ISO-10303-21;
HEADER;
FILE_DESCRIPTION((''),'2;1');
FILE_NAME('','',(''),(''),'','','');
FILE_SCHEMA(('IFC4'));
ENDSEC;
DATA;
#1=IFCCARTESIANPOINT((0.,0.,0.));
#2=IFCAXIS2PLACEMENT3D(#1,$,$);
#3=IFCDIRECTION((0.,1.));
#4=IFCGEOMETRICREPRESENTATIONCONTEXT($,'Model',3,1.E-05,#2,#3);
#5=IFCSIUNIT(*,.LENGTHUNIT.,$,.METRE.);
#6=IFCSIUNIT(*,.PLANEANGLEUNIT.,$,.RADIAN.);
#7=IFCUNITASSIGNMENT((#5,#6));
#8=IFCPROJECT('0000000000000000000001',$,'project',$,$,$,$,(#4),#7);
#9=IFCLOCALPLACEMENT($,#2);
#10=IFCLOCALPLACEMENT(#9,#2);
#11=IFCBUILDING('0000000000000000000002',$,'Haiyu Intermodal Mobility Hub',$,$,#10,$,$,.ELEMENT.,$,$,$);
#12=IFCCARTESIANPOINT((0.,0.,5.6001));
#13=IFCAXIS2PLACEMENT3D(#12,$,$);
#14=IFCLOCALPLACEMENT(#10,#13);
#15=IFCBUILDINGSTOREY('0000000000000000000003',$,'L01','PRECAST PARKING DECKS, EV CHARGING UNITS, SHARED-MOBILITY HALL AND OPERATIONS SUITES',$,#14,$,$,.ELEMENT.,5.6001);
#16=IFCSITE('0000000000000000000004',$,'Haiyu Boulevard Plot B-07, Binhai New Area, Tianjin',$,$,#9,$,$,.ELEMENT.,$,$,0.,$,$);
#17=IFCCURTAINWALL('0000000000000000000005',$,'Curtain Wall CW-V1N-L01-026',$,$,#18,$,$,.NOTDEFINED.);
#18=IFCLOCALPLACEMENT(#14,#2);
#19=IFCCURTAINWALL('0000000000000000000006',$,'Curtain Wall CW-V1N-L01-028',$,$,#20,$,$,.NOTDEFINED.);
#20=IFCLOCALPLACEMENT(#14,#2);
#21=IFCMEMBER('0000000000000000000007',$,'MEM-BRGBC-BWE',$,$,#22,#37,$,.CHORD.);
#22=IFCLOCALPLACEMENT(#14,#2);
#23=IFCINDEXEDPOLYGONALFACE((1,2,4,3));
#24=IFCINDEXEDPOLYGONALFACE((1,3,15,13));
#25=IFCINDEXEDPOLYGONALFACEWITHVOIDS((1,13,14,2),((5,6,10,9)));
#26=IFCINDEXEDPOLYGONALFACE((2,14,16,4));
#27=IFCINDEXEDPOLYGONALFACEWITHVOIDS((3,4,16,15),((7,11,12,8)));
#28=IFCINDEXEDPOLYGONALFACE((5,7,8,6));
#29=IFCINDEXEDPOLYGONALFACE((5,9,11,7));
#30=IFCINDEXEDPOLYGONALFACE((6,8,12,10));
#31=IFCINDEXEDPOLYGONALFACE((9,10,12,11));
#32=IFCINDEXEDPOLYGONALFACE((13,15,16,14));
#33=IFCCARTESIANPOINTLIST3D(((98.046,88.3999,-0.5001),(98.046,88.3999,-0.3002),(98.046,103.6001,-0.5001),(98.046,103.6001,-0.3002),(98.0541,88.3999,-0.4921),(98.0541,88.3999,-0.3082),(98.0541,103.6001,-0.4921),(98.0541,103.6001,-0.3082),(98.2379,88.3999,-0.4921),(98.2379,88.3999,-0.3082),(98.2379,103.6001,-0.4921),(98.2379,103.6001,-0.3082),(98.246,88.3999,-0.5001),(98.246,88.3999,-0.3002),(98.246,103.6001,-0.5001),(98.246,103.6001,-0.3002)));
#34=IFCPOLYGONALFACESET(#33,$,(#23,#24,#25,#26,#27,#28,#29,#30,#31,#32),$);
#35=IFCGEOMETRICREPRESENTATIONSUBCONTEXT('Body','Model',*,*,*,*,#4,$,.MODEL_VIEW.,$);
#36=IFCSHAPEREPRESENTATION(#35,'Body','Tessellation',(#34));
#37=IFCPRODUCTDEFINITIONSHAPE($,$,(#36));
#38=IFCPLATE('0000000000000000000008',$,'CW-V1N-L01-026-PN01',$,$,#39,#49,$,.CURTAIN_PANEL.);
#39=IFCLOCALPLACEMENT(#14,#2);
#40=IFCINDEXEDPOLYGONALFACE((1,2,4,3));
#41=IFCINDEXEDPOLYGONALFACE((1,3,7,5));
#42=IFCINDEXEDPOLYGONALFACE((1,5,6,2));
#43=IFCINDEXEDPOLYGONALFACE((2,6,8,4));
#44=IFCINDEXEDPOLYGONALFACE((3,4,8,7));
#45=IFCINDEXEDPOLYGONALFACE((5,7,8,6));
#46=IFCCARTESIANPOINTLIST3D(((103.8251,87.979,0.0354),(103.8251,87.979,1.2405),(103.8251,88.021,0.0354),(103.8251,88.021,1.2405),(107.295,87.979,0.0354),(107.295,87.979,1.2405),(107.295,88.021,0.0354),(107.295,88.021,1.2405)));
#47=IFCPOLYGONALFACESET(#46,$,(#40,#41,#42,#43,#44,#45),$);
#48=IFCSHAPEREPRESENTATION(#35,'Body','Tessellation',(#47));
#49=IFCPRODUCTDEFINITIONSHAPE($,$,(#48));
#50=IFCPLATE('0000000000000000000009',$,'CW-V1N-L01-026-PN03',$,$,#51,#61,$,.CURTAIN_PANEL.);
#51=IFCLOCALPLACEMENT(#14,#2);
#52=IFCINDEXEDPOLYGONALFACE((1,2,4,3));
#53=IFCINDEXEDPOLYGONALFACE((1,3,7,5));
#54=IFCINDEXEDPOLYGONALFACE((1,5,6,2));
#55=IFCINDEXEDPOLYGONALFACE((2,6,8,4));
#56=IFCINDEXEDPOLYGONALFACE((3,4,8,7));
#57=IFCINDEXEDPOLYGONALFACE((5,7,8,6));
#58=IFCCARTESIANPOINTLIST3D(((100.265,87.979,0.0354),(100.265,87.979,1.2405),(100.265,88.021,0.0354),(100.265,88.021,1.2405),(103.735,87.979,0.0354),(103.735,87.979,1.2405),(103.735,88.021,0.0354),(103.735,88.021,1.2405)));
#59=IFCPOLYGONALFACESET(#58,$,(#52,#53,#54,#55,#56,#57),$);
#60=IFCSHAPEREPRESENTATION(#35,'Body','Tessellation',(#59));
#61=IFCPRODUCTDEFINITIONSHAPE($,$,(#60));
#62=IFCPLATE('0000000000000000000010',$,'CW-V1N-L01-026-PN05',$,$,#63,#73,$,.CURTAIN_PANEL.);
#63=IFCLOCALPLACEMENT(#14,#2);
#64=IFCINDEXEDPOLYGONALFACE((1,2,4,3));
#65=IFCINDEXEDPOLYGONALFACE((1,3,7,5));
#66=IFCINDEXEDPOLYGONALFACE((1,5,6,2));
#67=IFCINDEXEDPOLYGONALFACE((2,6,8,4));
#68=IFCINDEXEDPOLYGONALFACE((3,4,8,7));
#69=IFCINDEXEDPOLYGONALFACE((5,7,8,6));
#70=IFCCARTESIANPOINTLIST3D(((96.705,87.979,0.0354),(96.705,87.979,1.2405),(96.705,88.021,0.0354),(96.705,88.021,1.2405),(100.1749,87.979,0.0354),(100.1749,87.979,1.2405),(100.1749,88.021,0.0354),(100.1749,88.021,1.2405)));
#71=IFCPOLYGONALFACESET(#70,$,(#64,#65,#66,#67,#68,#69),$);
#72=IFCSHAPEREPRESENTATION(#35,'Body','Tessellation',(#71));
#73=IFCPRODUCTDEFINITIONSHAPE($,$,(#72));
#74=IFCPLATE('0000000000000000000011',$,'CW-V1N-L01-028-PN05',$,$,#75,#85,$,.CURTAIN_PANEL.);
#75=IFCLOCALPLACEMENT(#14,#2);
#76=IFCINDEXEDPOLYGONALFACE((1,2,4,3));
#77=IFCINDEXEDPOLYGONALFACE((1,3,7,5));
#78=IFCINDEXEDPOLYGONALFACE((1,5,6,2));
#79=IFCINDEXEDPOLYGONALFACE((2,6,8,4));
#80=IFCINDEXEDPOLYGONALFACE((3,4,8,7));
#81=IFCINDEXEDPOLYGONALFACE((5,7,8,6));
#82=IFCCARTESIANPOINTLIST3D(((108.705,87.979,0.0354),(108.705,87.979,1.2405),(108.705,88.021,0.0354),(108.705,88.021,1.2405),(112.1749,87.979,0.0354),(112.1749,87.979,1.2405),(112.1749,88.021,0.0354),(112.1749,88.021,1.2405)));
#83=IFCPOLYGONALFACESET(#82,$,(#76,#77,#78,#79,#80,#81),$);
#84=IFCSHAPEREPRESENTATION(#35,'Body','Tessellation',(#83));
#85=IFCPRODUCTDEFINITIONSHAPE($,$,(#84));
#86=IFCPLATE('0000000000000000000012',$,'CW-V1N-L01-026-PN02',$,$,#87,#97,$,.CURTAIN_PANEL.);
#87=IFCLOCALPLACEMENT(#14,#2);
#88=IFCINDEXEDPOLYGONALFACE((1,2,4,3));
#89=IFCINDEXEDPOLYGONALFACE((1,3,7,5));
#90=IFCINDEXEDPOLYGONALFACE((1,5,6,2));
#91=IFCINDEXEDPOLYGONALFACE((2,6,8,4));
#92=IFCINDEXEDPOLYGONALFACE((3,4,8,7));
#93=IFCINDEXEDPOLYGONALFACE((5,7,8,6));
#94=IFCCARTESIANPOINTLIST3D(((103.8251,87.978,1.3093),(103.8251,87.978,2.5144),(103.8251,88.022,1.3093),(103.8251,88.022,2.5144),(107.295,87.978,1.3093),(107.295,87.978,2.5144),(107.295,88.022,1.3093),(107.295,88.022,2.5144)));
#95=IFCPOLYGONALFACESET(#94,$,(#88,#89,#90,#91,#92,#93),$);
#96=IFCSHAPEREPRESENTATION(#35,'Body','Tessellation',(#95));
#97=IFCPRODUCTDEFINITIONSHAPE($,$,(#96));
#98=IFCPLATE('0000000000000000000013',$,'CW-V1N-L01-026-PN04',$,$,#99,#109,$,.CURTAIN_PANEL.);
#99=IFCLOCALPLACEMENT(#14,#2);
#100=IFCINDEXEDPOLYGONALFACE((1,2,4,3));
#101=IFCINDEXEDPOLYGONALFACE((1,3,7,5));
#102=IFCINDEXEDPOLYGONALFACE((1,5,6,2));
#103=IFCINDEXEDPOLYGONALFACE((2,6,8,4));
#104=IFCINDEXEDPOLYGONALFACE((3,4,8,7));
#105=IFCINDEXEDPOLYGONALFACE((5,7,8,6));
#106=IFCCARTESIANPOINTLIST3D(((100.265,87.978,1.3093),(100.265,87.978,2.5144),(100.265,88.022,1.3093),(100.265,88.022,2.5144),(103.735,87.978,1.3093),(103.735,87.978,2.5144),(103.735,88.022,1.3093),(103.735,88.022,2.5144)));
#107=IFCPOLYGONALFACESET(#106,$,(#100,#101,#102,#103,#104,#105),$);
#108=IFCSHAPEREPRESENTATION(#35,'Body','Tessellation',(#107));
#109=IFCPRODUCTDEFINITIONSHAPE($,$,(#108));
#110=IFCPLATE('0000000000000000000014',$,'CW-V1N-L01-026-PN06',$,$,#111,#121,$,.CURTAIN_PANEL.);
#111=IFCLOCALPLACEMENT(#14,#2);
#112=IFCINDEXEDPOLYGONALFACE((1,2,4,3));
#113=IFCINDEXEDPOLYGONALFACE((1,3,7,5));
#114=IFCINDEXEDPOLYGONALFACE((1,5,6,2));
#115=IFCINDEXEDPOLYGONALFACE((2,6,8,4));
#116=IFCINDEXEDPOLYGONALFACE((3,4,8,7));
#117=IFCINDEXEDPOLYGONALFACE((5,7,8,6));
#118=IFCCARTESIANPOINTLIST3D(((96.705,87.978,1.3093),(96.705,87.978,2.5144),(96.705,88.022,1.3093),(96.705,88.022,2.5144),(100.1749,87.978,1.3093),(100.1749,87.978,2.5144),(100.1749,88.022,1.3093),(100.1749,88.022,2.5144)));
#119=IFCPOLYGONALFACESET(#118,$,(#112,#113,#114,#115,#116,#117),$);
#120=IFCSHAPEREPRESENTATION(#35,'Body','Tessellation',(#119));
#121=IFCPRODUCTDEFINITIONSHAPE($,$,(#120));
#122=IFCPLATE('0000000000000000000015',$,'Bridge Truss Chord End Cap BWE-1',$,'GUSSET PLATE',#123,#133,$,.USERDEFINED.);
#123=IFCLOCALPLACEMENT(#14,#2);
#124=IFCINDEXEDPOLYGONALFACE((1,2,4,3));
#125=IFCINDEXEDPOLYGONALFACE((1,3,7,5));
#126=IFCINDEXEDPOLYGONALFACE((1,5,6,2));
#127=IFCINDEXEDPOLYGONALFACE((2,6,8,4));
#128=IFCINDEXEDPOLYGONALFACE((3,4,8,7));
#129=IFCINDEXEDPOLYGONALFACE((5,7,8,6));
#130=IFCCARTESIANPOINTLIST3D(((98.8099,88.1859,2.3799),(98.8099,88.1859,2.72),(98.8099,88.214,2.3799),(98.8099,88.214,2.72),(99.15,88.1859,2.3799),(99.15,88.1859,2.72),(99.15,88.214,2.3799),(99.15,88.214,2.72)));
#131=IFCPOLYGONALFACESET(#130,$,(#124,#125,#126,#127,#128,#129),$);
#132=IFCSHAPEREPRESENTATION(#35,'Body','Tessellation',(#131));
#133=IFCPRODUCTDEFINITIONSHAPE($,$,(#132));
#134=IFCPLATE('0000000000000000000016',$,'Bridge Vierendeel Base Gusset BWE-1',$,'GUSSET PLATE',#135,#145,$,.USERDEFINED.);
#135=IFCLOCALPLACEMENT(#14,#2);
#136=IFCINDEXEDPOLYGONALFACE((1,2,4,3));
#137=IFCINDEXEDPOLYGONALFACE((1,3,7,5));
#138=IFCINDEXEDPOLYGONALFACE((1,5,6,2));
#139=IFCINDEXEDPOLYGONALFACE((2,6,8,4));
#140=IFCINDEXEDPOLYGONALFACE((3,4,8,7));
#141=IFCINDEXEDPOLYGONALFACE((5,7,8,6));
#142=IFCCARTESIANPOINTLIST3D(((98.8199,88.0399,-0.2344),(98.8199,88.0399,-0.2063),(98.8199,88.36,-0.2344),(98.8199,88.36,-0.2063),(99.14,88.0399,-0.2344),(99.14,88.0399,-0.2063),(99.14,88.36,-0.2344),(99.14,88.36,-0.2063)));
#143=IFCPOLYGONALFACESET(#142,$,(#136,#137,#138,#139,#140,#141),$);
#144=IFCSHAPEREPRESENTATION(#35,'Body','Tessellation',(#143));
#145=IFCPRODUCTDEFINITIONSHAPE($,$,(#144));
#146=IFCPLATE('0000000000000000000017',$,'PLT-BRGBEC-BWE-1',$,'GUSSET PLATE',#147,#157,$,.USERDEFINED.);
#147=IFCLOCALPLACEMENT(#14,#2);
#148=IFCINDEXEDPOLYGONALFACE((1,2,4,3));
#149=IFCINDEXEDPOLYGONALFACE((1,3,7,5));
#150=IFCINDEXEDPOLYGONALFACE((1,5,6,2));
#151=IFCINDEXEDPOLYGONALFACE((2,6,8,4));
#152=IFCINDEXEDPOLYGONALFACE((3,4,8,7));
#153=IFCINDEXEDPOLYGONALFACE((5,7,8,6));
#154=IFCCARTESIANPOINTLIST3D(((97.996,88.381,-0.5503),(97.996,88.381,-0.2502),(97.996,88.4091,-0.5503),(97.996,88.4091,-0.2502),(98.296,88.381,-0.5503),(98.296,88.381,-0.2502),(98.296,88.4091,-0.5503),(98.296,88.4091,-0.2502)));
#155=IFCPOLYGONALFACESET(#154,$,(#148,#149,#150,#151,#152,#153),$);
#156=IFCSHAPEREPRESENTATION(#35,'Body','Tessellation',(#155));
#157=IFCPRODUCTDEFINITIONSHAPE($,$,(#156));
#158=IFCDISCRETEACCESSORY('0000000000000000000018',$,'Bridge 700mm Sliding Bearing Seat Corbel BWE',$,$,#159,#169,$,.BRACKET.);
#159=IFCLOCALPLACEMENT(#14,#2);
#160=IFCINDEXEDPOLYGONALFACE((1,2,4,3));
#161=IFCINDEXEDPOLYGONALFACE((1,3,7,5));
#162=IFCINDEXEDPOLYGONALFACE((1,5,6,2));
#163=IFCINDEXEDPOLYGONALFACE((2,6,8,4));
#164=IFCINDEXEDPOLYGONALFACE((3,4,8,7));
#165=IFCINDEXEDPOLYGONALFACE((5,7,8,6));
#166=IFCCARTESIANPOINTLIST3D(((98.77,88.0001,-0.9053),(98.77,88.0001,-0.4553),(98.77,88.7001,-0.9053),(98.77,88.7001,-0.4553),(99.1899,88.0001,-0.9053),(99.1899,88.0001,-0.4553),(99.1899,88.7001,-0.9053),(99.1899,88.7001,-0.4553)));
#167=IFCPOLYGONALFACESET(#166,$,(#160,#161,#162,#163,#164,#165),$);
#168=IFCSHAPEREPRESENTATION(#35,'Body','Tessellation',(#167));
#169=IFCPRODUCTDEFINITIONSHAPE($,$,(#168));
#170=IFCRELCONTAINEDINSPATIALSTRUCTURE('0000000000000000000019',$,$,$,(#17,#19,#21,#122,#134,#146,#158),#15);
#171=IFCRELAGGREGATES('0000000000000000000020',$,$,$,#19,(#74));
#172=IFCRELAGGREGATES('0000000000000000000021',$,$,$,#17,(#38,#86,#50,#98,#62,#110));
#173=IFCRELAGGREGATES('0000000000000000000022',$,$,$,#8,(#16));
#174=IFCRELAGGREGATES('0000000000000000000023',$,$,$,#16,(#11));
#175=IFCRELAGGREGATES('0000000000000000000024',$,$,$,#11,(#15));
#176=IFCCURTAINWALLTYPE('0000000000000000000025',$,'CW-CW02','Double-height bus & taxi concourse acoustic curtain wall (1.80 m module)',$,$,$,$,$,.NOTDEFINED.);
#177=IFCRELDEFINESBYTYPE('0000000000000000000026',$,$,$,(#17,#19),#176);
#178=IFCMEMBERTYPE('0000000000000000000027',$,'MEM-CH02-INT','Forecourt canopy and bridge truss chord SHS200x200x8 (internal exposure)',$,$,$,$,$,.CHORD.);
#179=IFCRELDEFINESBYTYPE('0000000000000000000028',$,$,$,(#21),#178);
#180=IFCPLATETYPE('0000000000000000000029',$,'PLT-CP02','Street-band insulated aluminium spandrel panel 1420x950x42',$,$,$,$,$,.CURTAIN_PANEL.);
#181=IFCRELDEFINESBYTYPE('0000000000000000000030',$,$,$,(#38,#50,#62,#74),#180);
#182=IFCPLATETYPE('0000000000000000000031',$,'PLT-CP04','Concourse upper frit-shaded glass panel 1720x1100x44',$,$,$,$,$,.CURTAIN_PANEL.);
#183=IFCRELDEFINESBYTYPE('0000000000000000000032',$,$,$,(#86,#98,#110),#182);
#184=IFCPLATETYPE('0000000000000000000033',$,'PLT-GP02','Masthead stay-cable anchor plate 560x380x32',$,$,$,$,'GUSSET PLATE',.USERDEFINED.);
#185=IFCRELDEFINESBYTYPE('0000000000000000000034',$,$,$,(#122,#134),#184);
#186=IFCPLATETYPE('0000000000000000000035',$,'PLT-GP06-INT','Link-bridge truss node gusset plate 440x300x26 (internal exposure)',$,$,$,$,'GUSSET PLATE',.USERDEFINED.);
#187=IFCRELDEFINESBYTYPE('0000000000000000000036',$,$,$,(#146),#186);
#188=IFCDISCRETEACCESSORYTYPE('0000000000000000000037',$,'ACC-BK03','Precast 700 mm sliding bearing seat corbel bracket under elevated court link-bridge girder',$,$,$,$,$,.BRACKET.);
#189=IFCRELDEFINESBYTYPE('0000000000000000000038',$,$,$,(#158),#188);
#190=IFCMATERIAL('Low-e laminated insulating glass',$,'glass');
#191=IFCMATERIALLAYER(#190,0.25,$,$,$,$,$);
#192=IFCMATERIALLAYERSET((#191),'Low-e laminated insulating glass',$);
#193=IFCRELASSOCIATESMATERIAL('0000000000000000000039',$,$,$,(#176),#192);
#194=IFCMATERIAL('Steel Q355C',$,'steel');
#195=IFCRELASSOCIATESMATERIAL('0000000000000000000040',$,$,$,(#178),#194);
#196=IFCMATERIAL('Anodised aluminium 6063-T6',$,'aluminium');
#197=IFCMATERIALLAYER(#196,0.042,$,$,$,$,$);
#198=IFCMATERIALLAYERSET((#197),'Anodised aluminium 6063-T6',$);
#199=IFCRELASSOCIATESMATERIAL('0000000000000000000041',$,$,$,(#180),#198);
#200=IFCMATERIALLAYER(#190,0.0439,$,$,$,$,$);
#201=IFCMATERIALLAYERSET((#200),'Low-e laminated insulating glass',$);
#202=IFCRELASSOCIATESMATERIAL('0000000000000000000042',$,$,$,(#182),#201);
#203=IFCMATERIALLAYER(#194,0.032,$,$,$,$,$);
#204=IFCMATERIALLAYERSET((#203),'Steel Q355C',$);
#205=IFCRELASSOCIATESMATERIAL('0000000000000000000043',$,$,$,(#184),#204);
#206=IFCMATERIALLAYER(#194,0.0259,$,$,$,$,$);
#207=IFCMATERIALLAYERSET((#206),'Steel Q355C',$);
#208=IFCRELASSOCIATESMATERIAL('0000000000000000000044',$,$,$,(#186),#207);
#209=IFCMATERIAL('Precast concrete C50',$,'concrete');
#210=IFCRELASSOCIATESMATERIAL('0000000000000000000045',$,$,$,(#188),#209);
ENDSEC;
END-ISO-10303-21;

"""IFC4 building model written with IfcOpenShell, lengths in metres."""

from ifc_helpers import new_model, si_unit, direction, frame, origin, origin_2d, place, context, subcontext, project, spatial, rectangle, hollow_rectangle, extrude, material, layer, layer_set, material_profile, profile_set, type_object, element, aggregate, save


model = new_model("IFC4")

# Units and contexts
model_context = context("Model", 3, precision=1e-05, world=origin(), true_north=direction((0.0, 1.0)))
body_context = subcontext(model_context, "Body", "Model", "MODEL_VIEW")
ifc_project = project(units=[si_unit("LENGTHUNIT", "METRE"), si_unit("PLANEANGLEUNIT", "RADIAN")], contexts=[model_context])

# Site, building, storey
site_placement = place(None, origin())
site = spatial("IfcSite", under=ifc_project, at=site_placement, Name="Haiyu Boulevard Plot B-07, Binhai New Area, Tianjin", CompositionType="ELEMENT", RefElevation=0.0)
building_placement = place(site_placement, origin())
building = spatial("IfcBuilding", under=site, at=building_placement, Name="Haiyu Intermodal Mobility Hub", CompositionType="ELEMENT")
storey_placement = place(building_placement, frame((0.0, 0.0, 5.6001)))
storey = spatial("IfcBuildingStorey", under=building, at=storey_placement, Name="L01", Description="PRECAST PARKING DECKS, EV CHARGING UNITS, SHARED-MOBILITY HALL AND OPERATIONS SUITES", CompositionType="ELEMENT", Elevation=5.6001)

# Shared definitions
ifc_material_1 = material(Name="Steel Q355C", Category="steel")

# Shared definitions
ifc_material_2 = material(Name="Low-e laminated insulating glass", Category="glass")
ifc_layer_1 = layer(ifc_material_2, 0.25)
ifc_layer_set_1 = layer_set([ifc_layer_1], Name="Low-e laminated insulating glass")
curtain_wall_type = type_object("IfcCurtainWallType", Name="CW-CW02", Description="Double-height bus & taxi concourse acoustic curtain wall (1.80 m module)", PredefinedType="NOTDEFINED", material=ifc_layer_set_1)
ifc_material_3 = material(Name="Anodised aluminium 6063-T6", Category="aluminium")

# Curtain wall
curtain_wall_1_placement = place(storey_placement, origin())
curtain_wall_1 = element("IfcCurtainWall", 1, at=curtain_wall_1_placement, inside=storey, type_object=curtain_wall_type, Name="Curtain Wall CW-V1N-L01-026", PredefinedType="NOTDEFINED")

# Curtain wall
curtain_wall_2_placement = place(storey_placement, origin())
curtain_wall_2 = element("IfcCurtainWall", 2, at=curtain_wall_2_placement, inside=storey, type_object=curtain_wall_type, Name="Curtain Wall CW-V1N-L01-028", PredefinedType="NOTDEFINED")

# Member
ifc_material_profile_1 = material_profile(ifc_material_1, hollow_rectangle(XDim=0.2, YDim=0.2, WallThickness=0.0081, at=origin_2d()), Name="SHS200x200x8")
ifc_profile_set_1 = profile_set([ifc_material_profile_1], Name="Steel Q355C")
member_type_1 = type_object("IfcMemberType", Name="MEM-CH02-INT", Description="Forecourt canopy and bridge truss chord SHS200x200x8 (internal exposure)", PredefinedType="CHORD", material=ifc_profile_set_1)
member_1_placement = place(storey_placement, frame((98.146, 88.3999, -0.4001), z_axis=(0.0, 1.0, 0.0), x_axis=(-1.0, 0.0, 0.0)))
element("IfcMember", 3, at=member_1_placement, inside=storey, type_object=member_type_1, Name="MEM-BRGBC-BWE", PredefinedType="CHORD", context=body_context, shape_type="SweptSolid", body=[
    extrude(hollow_rectangle(XDim=0.2, YDim=0.2, WallThickness=0.0081, at=origin_2d()), origin(), (0.0, 0.0, 1.0), 15.2002),
])

# Plates
ifc_layer_2 = layer(ifc_material_3, 0.042)
ifc_layer_set_2 = layer_set([ifc_layer_2], Name="Anodised aluminium 6063-T6")
plate_type_1 = type_object("IfcPlateType", Name="PLT-CP02", Description="Street-band insulated aluminium spandrel panel 1420x950x42", PredefinedType="CURTAIN_PANEL", material=ifc_layer_set_2)
plate_1_placement = place(storey_placement, frame((105.5601, 88.0, 0.0354), z_axis=(0.0, 0.0, 1.0), x_axis=(-1.0, 0.0, 0.0)))
plate_1 = element("IfcPlate", 4, at=plate_1_placement, type_object=plate_type_1, Name="CW-V1N-L01-026-PN01", PredefinedType="CURTAIN_PANEL", context=body_context, shape_type="SweptSolid", body=[
    extrude(rectangle(XDim=3.47, YDim=0.042, at=origin_2d()), origin(), (0.0, 0.0, 1.0), 1.2051),
])
plate_2_placement = place(storey_placement, frame((102.0, 88.0, 0.0354), z_axis=(0.0, 0.0, 1.0), x_axis=(-1.0, 0.0, 0.0)))
plate_2 = element("IfcPlate", 5, at=plate_2_placement, type_object=plate_type_1, Name="CW-V1N-L01-026-PN03", PredefinedType="CURTAIN_PANEL", context=body_context, shape_type="SweptSolid", body=[
    extrude(rectangle(XDim=3.47, YDim=0.042, at=origin_2d()), origin(), (0.0, 0.0, 1.0), 1.2051),
])
plate_3_placement = place(storey_placement, frame((98.4399, 88.0, 0.0354), z_axis=(0.0, 0.0, 1.0), x_axis=(-1.0, 0.0, 0.0)))
plate_3 = element("IfcPlate", 6, at=plate_3_placement, type_object=plate_type_1, Name="CW-V1N-L01-026-PN05", PredefinedType="CURTAIN_PANEL", context=body_context, shape_type="SweptSolid", body=[
    extrude(rectangle(XDim=3.47, YDim=0.042, at=origin_2d()), origin(), (0.0, 0.0, 1.0), 1.2051),
])
plate_4_placement = place(storey_placement, frame((110.4399, 88.0, 0.0354), z_axis=(0.0, 0.0, 1.0), x_axis=(-1.0, 0.0, 0.0)))
plate_4 = element("IfcPlate", 7, at=plate_4_placement, type_object=plate_type_1, Name="CW-V1N-L01-028-PN05", PredefinedType="CURTAIN_PANEL", context=body_context, shape_type="SweptSolid", body=[
    extrude(rectangle(XDim=3.47, YDim=0.042, at=origin_2d()), origin(), (0.0, 0.0, 1.0), 1.2051),
])
aggregate(curtain_wall_2, [plate_4])
ifc_layer_3 = layer(ifc_material_2, 0.0439)
ifc_layer_set_3 = layer_set([ifc_layer_3], Name="Low-e laminated insulating glass")
plate_type_2 = type_object("IfcPlateType", Name="PLT-CP04", Description="Concourse upper frit-shaded glass panel 1720x1100x44", PredefinedType="CURTAIN_PANEL", material=ifc_layer_set_3)
plate_5_placement = place(storey_placement, frame((105.5601, 88.0, 1.3093), z_axis=(0.0, 0.0, 1.0), x_axis=(-1.0, 0.0, 0.0)))
plate_5 = element("IfcPlate", 8, at=plate_5_placement, type_object=plate_type_2, Name="CW-V1N-L01-026-PN02", PredefinedType="CURTAIN_PANEL", context=body_context, shape_type="SweptSolid", body=[
    extrude(rectangle(XDim=3.47, YDim=0.0439, at=origin_2d()), origin(), (0.0, 0.0, 1.0), 1.2051),
])
plate_6_placement = place(storey_placement, frame((102.0, 88.0, 1.3093), z_axis=(0.0, 0.0, 1.0), x_axis=(-1.0, 0.0, 0.0)))
plate_6 = element("IfcPlate", 9, at=plate_6_placement, type_object=plate_type_2, Name="CW-V1N-L01-026-PN04", PredefinedType="CURTAIN_PANEL", context=body_context, shape_type="SweptSolid", body=[
    extrude(rectangle(XDim=3.47, YDim=0.0439, at=origin_2d()), origin(), (0.0, 0.0, 1.0), 1.2051),
])
plate_7_placement = place(storey_placement, frame((98.4399, 88.0, 1.3093), z_axis=(0.0, 0.0, 1.0), x_axis=(-1.0, 0.0, 0.0)))
plate_7 = element("IfcPlate", 10, at=plate_7_placement, type_object=plate_type_2, Name="CW-V1N-L01-026-PN06", PredefinedType="CURTAIN_PANEL", context=body_context, shape_type="SweptSolid", body=[
    extrude(rectangle(XDim=3.47, YDim=0.0439, at=origin_2d()), origin(), (0.0, 0.0, 1.0), 1.2051),
])
aggregate(curtain_wall_1, [plate_1, plate_5, plate_2, plate_6, plate_3, plate_7])

# Plates
ifc_layer_4 = layer(ifc_material_1, 0.032)
ifc_layer_set_4 = layer_set([ifc_layer_4], Name="Steel Q355C")
plate_type_3 = type_object("IfcPlateType", Name="PLT-GP02", Description="Masthead stay-cable anchor plate 560x380x32", ElementType="GUSSET PLATE", PredefinedType="USERDEFINED", material=ifc_layer_set_4)
plate_8_placement = place(storey_placement, frame((98.98, 88.2, 2.3799), z_axis=(0.0, 0.0, 1.0), x_axis=(1.0, 0.0, 0.0)))
element("IfcPlate", 11, at=plate_8_placement, inside=storey, type_object=plate_type_3, Name="Bridge Truss Chord End Cap BWE-1", ObjectType="GUSSET PLATE", PredefinedType="USERDEFINED", context=body_context, shape_type="SweptSolid", body=[
    extrude(rectangle(XDim=0.3401, YDim=0.0281, at=origin_2d()), origin(), (0.0, 0.0, 1.0), 0.3401),
])
plate_9_placement = place(storey_placement, frame((98.98, 88.2, -0.2344), z_axis=(0.0, 0.0, 1.0), x_axis=(1.0, 0.0, 0.0)))
element("IfcPlate", 12, at=plate_9_placement, inside=storey, type_object=plate_type_3, Name="Bridge Vierendeel Base Gusset BWE-1", ObjectType="GUSSET PLATE", PredefinedType="USERDEFINED", context=body_context, shape_type="SweptSolid", body=[
    extrude(rectangle(XDim=0.3201, YDim=0.3201, at=origin_2d()), origin(), (0.0, 0.0, 1.0), 0.0281),
])
ifc_layer_5 = layer(ifc_material_1, 0.0259)
ifc_layer_set_5 = layer_set([ifc_layer_5], Name="Steel Q355C")
plate_type_4 = type_object("IfcPlateType", Name="PLT-GP06-INT", Description="Link-bridge truss node gusset plate 440x300x26 (internal exposure)", ElementType="GUSSET PLATE", PredefinedType="USERDEFINED", material=ifc_layer_set_5)
plate_10_placement = place(storey_placement, frame((98.146, 88.395, -0.5503), z_axis=(0.0, 0.0, 1.0), x_axis=(1.0, 0.0, 0.0)))
element("IfcPlate", 13, at=plate_10_placement, inside=storey, type_object=plate_type_4, Name="PLT-BRGBEC-BWE-1", ObjectType="GUSSET PLATE", PredefinedType="USERDEFINED", context=body_context, shape_type="SweptSolid", body=[
    extrude(rectangle(XDim=0.3, YDim=0.0281, at=origin_2d()), origin(), (0.0, 0.0, 1.0), 0.3),
])

# Discrete accessory
ifc_material_4 = material(Name="Precast concrete C50", Category="concrete")
discrete_accessory_type = type_object("IfcDiscreteAccessoryType", Name="ACC-BK03", Description="Precast 700 mm sliding bearing seat corbel bracket under elevated court link-bridge girder", PredefinedType="BRACKET", material=ifc_material_4)
discrete_accessory_placement = place(storey_placement, frame((98.98, 88.3501, -0.9053), z_axis=(0.0, 0.0, 1.0), x_axis=(0.0, 1.0, 0.0)))
element("IfcDiscreteAccessory", 14, at=discrete_accessory_placement, inside=storey, type_object=discrete_accessory_type, Name="Bridge 700mm Sliding Bearing Seat Corbel BWE", PredefinedType="BRACKET", context=body_context, shape_type="SweptSolid", body=[
    extrude(rectangle(XDim=0.7, YDim=0.4199, at=origin_2d()), origin(), (0.0, 0.0, 1.0), 0.45),
])

save(model, "model.ifc")
